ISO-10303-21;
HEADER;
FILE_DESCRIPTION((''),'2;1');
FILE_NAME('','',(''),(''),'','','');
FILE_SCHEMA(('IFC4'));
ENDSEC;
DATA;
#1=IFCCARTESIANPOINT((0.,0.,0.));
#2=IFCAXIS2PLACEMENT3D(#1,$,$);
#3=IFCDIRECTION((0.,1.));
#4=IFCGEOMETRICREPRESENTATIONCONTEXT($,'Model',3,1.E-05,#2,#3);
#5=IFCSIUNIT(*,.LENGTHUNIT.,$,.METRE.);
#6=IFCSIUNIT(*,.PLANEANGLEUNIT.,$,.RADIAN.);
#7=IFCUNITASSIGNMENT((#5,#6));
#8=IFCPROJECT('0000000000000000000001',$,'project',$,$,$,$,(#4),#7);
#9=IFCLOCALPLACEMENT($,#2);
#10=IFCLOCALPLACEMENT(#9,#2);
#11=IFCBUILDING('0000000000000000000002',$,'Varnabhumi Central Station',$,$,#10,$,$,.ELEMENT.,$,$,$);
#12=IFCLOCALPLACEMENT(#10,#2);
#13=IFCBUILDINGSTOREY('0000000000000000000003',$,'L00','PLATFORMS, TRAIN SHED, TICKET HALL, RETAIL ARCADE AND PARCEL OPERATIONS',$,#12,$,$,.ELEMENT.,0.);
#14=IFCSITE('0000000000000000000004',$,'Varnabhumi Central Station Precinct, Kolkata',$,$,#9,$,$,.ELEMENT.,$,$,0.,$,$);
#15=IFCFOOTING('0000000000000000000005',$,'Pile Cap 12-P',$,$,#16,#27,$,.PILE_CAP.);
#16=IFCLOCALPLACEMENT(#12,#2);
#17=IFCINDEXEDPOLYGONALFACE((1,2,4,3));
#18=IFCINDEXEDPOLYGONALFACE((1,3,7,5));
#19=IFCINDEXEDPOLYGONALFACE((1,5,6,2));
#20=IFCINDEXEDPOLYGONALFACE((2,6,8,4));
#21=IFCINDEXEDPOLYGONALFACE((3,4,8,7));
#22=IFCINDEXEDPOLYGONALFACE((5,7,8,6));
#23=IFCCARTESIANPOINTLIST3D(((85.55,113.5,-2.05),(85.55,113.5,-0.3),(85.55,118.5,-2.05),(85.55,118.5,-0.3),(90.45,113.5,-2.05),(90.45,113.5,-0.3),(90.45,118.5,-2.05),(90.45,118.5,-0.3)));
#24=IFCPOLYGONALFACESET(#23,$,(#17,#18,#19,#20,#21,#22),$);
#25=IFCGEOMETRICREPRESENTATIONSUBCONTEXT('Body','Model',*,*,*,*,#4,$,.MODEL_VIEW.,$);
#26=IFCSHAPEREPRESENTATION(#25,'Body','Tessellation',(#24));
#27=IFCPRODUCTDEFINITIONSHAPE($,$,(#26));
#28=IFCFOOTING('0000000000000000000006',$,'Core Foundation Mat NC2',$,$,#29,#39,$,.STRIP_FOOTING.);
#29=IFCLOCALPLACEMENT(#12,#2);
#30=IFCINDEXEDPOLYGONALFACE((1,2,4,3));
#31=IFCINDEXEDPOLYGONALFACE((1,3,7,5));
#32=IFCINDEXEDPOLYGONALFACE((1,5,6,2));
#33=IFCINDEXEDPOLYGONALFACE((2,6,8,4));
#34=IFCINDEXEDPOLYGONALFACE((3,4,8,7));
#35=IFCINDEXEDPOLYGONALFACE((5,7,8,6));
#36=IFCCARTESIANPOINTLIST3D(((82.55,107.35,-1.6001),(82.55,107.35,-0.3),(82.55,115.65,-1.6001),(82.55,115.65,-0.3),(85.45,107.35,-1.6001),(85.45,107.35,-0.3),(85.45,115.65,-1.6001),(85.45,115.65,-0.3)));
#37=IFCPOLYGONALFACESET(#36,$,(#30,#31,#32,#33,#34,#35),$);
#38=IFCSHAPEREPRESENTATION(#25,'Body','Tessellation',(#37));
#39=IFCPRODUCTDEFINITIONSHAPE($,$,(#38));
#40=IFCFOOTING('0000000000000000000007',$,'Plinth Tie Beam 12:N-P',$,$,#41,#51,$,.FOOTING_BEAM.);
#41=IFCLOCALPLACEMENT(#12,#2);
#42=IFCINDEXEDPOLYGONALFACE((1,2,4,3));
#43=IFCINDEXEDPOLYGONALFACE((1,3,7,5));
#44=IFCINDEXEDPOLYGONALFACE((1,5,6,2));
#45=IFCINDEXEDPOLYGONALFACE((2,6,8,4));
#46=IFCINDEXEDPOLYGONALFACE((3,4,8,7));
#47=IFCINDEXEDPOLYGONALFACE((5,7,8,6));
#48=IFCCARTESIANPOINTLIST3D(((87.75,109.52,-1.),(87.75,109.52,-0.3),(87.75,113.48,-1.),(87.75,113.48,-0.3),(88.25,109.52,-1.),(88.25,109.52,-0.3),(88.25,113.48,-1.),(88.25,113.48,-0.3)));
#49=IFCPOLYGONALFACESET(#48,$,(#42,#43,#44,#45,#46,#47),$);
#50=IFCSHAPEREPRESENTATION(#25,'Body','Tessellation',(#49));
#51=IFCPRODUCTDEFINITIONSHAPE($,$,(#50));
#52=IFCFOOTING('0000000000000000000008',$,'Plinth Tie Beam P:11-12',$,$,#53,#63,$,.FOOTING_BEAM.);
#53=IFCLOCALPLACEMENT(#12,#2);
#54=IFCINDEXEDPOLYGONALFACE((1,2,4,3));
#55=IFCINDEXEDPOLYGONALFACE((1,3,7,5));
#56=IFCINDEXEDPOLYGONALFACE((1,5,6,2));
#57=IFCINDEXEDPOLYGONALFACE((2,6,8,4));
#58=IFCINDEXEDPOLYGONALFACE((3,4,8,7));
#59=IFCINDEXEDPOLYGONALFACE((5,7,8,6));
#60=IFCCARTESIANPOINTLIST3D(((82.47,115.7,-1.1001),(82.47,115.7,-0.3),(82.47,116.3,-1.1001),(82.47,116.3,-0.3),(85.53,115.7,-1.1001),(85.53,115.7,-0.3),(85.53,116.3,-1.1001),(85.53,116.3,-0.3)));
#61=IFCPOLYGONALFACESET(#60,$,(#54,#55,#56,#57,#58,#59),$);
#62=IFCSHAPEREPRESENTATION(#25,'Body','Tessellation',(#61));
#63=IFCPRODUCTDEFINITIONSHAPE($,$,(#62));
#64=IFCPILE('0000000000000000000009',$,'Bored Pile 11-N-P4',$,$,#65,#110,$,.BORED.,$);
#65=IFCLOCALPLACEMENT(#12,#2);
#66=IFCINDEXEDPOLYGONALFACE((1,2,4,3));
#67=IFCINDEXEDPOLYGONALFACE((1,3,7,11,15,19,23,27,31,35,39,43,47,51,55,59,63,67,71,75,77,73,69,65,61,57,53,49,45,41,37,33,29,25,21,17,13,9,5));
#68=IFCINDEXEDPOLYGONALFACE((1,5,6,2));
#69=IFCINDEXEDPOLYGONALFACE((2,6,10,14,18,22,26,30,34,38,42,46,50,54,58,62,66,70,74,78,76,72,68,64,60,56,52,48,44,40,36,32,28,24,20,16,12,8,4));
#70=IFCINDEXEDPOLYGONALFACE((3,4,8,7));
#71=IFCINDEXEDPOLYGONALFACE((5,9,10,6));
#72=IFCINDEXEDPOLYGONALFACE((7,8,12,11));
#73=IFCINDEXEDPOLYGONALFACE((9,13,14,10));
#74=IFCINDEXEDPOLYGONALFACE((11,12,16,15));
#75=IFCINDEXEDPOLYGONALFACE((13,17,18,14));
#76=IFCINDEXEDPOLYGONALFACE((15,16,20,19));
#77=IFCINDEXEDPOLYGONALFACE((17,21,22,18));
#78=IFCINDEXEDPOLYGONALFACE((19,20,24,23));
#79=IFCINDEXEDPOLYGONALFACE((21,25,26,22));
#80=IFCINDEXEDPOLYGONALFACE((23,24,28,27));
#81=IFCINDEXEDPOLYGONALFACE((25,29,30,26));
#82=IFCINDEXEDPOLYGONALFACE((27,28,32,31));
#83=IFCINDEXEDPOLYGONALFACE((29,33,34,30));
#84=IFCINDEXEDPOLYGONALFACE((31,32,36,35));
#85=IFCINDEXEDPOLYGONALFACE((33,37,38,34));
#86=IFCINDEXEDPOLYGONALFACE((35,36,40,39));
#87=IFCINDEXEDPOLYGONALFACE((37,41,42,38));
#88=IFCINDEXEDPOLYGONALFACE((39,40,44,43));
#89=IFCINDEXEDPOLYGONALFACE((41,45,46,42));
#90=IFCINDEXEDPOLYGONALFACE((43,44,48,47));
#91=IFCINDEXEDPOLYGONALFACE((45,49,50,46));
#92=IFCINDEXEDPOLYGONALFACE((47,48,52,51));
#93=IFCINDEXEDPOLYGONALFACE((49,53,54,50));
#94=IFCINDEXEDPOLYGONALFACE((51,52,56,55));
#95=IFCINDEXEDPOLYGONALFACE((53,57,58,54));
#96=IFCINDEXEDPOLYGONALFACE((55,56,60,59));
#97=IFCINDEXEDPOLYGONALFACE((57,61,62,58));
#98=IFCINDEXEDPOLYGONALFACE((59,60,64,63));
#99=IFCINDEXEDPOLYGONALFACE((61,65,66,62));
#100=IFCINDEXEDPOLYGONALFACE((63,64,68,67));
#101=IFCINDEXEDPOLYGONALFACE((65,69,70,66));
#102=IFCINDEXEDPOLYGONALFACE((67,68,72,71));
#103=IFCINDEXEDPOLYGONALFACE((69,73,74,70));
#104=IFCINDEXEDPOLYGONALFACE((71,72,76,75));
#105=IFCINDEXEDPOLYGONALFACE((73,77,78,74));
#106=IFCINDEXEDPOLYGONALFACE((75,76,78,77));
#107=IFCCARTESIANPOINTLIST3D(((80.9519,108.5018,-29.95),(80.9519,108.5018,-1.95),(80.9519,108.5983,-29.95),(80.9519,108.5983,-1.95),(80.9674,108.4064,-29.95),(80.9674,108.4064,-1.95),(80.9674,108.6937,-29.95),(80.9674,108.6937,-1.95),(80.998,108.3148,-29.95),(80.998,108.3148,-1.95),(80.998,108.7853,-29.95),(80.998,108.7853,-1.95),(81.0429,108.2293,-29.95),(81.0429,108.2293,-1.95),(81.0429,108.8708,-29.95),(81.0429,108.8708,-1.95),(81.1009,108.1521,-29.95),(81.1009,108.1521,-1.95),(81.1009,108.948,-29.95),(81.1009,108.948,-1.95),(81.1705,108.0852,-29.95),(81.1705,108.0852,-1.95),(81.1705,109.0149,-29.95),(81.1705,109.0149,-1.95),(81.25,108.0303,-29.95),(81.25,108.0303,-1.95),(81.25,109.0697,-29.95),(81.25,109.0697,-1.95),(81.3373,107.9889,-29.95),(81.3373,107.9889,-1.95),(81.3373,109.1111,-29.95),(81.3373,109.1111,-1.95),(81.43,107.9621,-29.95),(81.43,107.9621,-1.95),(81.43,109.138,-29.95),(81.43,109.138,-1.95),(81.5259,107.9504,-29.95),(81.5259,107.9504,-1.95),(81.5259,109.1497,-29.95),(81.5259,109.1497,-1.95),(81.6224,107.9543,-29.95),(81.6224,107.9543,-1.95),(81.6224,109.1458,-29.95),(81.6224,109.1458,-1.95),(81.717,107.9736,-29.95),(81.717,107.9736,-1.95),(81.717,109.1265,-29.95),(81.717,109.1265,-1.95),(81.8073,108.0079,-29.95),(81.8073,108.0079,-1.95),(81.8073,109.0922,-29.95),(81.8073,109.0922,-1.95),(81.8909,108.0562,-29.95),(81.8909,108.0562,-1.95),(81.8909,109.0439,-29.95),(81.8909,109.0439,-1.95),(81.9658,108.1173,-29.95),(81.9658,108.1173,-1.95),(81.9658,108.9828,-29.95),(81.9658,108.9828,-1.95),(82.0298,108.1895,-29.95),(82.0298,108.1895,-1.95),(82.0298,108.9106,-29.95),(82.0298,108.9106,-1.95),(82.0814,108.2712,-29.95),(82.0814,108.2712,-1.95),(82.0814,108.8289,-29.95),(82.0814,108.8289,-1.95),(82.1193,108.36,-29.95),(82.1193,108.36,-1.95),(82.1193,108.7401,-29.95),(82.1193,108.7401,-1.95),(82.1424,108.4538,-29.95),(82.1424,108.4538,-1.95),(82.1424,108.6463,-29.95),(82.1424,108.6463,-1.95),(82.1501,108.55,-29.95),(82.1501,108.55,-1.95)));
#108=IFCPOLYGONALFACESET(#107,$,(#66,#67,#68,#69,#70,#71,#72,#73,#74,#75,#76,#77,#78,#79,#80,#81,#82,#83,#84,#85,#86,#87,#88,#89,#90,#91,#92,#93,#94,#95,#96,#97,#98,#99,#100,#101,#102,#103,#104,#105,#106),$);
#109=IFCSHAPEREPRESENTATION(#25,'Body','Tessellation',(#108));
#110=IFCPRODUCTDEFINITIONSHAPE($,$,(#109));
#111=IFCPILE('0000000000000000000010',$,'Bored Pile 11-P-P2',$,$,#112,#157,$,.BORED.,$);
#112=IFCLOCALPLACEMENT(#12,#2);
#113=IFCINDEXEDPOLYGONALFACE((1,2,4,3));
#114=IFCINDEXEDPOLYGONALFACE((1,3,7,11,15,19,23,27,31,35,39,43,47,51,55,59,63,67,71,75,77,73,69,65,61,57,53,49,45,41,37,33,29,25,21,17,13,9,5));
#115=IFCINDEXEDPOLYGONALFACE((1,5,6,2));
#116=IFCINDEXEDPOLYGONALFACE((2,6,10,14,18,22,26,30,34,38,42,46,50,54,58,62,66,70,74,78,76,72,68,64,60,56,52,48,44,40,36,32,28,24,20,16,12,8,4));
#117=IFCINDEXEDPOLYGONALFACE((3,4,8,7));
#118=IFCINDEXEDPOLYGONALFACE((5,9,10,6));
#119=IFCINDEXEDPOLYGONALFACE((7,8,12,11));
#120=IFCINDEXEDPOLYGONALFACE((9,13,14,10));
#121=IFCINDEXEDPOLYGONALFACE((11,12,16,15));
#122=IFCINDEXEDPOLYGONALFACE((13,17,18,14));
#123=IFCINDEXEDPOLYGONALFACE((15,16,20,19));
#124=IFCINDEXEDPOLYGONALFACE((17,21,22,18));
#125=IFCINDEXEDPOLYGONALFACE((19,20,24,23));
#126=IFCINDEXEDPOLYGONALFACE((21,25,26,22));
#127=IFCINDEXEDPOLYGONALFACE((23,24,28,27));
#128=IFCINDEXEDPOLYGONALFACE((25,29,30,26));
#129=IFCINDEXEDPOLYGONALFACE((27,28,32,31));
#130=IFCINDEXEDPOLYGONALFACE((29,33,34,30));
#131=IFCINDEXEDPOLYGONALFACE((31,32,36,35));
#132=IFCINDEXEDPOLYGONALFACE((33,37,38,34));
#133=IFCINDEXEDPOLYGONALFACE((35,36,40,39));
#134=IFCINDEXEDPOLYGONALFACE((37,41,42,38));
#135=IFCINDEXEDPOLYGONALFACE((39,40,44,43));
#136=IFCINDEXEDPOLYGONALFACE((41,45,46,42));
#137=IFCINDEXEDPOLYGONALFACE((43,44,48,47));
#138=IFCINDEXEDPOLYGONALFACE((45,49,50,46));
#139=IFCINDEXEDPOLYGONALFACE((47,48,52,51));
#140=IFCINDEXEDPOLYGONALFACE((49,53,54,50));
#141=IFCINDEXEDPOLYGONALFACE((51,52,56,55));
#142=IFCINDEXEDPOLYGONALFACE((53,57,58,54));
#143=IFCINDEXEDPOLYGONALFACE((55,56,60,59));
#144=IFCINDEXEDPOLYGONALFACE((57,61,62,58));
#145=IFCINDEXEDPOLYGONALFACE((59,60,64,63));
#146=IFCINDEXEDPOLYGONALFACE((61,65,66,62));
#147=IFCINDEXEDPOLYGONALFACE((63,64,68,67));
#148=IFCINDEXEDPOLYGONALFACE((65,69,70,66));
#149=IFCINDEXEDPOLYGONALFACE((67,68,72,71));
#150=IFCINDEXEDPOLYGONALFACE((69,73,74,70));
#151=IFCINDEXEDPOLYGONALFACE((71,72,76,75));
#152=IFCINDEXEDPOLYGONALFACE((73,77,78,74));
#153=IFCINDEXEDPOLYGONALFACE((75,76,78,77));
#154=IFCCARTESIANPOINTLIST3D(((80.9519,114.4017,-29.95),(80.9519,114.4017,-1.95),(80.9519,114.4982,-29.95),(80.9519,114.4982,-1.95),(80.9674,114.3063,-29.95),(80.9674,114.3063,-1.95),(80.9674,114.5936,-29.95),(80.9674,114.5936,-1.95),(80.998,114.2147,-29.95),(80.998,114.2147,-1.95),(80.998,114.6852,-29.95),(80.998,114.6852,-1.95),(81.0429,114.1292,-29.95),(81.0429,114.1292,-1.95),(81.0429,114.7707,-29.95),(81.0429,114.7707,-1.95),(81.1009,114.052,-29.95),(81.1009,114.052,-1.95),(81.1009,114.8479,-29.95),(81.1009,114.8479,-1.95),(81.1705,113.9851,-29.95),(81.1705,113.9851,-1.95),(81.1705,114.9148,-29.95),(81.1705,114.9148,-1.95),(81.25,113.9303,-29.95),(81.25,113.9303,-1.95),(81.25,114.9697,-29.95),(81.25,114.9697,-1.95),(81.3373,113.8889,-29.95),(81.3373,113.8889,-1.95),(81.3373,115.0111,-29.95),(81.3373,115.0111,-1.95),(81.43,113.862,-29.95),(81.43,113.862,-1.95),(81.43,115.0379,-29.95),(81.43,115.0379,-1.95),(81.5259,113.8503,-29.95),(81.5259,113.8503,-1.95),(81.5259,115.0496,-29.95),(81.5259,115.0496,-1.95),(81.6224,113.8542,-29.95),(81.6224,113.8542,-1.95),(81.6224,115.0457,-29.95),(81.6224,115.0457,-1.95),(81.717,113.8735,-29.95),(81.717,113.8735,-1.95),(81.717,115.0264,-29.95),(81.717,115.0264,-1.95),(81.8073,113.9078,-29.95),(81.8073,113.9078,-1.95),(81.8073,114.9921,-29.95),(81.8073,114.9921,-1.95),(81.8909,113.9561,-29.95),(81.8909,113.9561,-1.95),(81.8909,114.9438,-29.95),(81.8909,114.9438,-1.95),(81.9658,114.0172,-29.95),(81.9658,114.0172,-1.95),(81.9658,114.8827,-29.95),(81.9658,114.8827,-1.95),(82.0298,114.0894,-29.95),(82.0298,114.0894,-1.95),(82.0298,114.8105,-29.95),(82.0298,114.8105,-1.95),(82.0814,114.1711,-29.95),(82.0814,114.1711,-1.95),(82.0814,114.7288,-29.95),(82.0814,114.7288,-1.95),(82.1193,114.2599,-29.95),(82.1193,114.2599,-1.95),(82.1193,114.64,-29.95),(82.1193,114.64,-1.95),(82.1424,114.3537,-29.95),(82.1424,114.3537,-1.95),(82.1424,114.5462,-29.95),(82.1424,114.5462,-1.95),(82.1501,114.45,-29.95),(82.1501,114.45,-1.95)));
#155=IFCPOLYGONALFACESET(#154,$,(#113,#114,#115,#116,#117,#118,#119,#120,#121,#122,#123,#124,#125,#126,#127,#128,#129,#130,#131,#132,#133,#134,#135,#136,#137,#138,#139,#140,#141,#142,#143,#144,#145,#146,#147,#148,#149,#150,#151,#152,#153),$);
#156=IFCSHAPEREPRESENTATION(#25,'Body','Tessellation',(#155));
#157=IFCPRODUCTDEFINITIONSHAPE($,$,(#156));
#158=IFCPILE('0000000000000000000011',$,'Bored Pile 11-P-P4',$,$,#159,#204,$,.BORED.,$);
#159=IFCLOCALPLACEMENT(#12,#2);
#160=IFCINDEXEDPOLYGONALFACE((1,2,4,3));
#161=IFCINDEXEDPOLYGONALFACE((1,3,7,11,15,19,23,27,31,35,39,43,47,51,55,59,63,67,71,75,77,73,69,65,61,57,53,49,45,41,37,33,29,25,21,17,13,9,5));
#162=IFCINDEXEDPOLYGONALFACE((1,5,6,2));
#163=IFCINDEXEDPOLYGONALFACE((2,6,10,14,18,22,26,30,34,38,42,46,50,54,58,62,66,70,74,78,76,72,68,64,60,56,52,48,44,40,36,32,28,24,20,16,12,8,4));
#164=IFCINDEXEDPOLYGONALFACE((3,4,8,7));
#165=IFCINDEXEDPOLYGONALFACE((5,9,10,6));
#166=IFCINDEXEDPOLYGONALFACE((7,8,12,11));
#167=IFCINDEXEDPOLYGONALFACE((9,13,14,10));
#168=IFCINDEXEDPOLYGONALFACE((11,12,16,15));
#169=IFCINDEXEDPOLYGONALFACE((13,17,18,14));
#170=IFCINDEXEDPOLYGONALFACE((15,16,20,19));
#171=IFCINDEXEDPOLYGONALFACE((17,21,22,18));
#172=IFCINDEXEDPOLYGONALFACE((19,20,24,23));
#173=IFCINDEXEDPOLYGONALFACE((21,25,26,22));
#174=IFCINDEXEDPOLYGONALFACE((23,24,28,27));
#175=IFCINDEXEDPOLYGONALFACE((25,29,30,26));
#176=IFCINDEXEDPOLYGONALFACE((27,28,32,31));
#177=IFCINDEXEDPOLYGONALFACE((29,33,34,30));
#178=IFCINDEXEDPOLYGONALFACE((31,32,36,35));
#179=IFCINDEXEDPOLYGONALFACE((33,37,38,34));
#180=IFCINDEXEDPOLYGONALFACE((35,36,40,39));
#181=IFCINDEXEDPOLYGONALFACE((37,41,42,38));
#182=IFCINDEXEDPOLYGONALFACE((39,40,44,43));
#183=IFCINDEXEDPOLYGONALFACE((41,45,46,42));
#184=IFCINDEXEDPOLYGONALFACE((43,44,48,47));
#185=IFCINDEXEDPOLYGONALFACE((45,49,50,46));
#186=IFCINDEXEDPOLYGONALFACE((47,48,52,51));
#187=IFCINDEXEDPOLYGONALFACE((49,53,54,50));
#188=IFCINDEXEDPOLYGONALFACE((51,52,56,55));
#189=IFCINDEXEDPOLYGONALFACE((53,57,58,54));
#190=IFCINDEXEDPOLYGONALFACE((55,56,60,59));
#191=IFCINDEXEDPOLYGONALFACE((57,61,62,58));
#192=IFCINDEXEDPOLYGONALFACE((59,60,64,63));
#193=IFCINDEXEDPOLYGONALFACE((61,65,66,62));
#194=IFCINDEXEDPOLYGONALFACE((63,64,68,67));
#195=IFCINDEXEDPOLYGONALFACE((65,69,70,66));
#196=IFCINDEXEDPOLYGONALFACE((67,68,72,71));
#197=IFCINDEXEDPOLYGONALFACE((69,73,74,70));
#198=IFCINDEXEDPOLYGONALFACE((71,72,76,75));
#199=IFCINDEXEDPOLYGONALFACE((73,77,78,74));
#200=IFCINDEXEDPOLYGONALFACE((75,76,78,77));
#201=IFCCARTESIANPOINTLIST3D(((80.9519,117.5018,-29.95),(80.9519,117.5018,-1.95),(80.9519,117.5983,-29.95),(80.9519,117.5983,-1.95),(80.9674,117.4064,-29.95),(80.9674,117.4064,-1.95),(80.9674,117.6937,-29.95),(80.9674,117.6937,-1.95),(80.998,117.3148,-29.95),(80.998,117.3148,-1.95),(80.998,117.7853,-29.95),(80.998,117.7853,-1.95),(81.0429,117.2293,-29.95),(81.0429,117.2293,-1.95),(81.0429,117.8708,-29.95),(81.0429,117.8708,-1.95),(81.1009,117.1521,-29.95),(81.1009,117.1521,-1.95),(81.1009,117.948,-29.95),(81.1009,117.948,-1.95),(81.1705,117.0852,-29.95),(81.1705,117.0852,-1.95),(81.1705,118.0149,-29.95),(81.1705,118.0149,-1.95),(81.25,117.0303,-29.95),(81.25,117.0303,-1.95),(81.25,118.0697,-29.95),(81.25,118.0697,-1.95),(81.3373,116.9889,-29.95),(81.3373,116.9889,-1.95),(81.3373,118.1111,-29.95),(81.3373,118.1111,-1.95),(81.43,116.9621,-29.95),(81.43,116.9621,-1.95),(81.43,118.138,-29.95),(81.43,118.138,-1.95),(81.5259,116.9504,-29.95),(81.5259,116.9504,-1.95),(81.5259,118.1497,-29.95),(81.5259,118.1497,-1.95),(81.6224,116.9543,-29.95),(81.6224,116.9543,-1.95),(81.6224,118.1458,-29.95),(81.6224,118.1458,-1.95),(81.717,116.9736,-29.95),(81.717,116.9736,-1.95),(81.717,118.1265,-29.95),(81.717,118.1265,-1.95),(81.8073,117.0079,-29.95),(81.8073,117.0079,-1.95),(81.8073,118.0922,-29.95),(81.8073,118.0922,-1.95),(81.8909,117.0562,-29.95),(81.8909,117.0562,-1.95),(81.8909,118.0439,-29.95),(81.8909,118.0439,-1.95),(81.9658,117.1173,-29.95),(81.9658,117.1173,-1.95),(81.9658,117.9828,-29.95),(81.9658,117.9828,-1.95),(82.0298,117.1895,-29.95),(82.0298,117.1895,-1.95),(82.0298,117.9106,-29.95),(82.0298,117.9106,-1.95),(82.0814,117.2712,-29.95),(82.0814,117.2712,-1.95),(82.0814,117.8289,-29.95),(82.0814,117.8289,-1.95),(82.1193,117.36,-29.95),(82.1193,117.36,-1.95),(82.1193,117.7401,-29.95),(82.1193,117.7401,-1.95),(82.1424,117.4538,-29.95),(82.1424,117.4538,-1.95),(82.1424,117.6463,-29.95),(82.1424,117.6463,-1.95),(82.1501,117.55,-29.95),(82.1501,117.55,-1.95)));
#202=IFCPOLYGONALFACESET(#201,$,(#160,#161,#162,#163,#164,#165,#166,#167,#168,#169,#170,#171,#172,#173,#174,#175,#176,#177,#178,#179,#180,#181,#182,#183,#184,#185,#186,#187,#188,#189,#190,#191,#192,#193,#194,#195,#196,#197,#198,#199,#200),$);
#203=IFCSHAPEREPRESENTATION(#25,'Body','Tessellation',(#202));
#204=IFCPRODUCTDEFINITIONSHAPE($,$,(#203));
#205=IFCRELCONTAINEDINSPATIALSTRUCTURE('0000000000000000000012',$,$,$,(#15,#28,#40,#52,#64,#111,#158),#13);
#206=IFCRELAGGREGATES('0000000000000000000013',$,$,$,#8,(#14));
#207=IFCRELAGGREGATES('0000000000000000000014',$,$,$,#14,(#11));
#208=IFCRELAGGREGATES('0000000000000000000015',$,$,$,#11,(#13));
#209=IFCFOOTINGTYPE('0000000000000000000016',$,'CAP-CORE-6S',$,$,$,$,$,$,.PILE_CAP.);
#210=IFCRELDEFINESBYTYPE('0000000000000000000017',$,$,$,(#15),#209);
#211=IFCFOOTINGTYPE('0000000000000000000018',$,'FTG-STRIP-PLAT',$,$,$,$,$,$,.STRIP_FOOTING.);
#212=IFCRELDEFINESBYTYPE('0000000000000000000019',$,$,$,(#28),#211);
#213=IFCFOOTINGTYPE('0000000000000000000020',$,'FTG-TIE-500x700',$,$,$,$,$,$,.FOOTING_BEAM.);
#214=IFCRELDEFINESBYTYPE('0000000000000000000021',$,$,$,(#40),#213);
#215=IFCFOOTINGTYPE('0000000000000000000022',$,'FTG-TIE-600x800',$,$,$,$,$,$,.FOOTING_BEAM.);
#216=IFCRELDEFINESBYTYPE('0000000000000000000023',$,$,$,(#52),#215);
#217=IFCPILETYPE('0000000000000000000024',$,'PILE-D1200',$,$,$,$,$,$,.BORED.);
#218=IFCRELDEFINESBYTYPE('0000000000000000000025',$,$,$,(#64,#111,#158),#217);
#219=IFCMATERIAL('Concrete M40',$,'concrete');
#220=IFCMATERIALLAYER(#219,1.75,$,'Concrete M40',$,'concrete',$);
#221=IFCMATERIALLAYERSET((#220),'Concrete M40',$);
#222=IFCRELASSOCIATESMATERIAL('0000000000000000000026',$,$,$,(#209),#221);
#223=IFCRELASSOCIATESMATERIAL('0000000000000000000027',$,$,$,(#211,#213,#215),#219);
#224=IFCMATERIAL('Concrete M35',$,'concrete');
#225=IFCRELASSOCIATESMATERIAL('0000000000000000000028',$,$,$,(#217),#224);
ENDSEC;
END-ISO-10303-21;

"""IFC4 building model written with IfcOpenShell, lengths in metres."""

from ifc_helpers import new_model, si_unit, direction, frame, origin, origin_2d, place, context, subcontext, project, spatial, rectangle, circle, extrude, material, layer, layer_set, material_profile, profile_set, type_object, element, save


model = new_model("IFC4")

# Units and contexts
model_context = context("Model", 3, precision=1e-05, world=origin(), true_north=direction((0.0, 1.0)))
body_context = subcontext(model_context, "Body", "Model", "MODEL_VIEW")
ifc_project = project(units=[si_unit("LENGTHUNIT", "METRE"), si_unit("PLANEANGLEUNIT", "RADIAN")], contexts=[model_context])

# Site, building, storey
site_placement = place(None, origin())
site = spatial("IfcSite", under=ifc_project, at=site_placement, Name="Varnabhumi Central Station Precinct, Kolkata", CompositionType="ELEMENT", RefElevation=0.0)
building_placement = place(site_placement, origin())
building = spatial("IfcBuilding", under=site, at=building_placement, Name="Varnabhumi Central Station", CompositionType="ELEMENT")
storey_placement = place(building_placement, origin())
storey = spatial("IfcBuildingStorey", under=building, at=storey_placement, Name="L00", Description="PLATFORMS, TRAIN SHED, TICKET HALL, RETAIL ARCADE AND PARCEL OPERATIONS", CompositionType="ELEMENT", Elevation=0.0)

# Footings
ifc_material_1 = material(Name="Concrete M40", Category="concrete")
ifc_layer_1 = layer(ifc_material_1, 1.75, Name="Concrete M40", Category="concrete")
ifc_layer_set_1 = layer_set([ifc_layer_1], Name="Concrete M40")
footing_type_1 = type_object("IfcFootingType", Name="CAP-CORE-6S", PredefinedType="PILE_CAP", material=ifc_layer_set_1)
footing_1_placement = place(storey_placement, frame((88.0, 116.0, -2.05), z_axis=(0.0, 0.0, 1.0), x_axis=(1.0, 0.0, 0.0)))
element("IfcFooting", 1, at=footing_1_placement, inside=storey, type_object=footing_type_1, Name="Pile Cap 12-P", PredefinedType="PILE_CAP", context=body_context, shape_type="SweptSolid", body=[
    extrude(rectangle(XDim=4.8999, YDim=5.0, at=origin_2d()), origin(), (0.0, 0.0, 1.0), 1.75),
])
footing_type_2 = type_object("IfcFootingType", Name="FTG-STRIP-PLAT", PredefinedType="STRIP_FOOTING", material=ifc_material_1)
footing_2_placement = place(storey_placement, frame((84.0, 111.5, -1.6001), z_axis=(0.0, 0.0, 1.0), x_axis=(1.0, 0.0, 0.0)))
element("IfcFooting", 2, at=footing_2_placement, inside=storey, type_object=footing_type_2, Name="Core Foundation Mat NC2", PredefinedType="STRIP_FOOTING", context=body_context, shape_type="SweptSolid", body=[
    extrude(rectangle(XDim=2.8999, YDim=8.3, at=origin_2d()), origin(), (0.0, 0.0, 1.0), 1.3),
])
footing_type_3 = type_object("IfcFootingType", Name="FTG-TIE-500x700", PredefinedType="FOOTING_BEAM", material=ifc_material_1)
footing_3_placement = place(storey_placement, frame((88.0, 111.5, -1.0), z_axis=(0.0, 0.0, 1.0), x_axis=(1.0, 0.0, 0.0)))
element("IfcFooting", 3, at=footing_3_placement, inside=storey, type_object=footing_type_3, Name="Plinth Tie Beam 12:N-P", PredefinedType="FOOTING_BEAM", context=body_context, shape_type="SweptSolid", body=[
    extrude(rectangle(XDim=0.5, YDim=3.96, at=origin_2d()), origin(), (0.0, 0.0, 1.0), 0.7),
])
footing_type_4 = type_object("IfcFootingType", Name="FTG-TIE-600x800", PredefinedType="FOOTING_BEAM", material=ifc_material_1)
footing_4_placement = place(storey_placement, frame((84.0, 116.0, -1.1001), z_axis=(0.0, 0.0, 1.0), x_axis=(1.0, 0.0, 0.0)))
element("IfcFooting", 4, at=footing_4_placement, inside=storey, type_object=footing_type_4, Name="Plinth Tie Beam P:11-12", PredefinedType="FOOTING_BEAM", context=body_context, shape_type="SweptSolid", body=[
    extrude(rectangle(XDim=3.0601, YDim=0.6001, at=origin_2d()), origin(), (0.0, 0.0, 1.0), 0.8),
])

# Piles
ifc_material_2 = material(Name="Concrete M35", Category="concrete")
ifc_material_profile_1 = material_profile(ifc_material_2, circle(Radius=0.6001, at=origin_2d()), Name="Concrete M35", Category="concrete")
ifc_profile_set_1 = profile_set([ifc_material_profile_1], Name="Concrete M35")
pile_type = type_object("IfcPileType", Name="PILE-D1200", PredefinedType="BORED", material=ifc_profile_set_1)
for number, where, z_axis, x_axis, name in (
    (5, (81.55, 108.55, -1.95), (0.0, 0.0, -1.0), (1.0, 0.0, 0.0), "Bored Pile 11-N-P4"),
    (6, (81.55, 114.45, -1.95), (0.0, 0.0, -1.0), (1.0, 0.0, 0.0), "Bored Pile 11-P-P2"),
    (7, (81.55, 117.55, -1.95), (0.0, 0.0, -1.0), (1.0, 0.0, 0.0), "Bored Pile 11-P-P4"),
):
    element("IfcPile", number, at=place(storey_placement, frame(where, z_axis=z_axis, x_axis=x_axis)), inside=storey, type_object=pile_type, Name=name, PredefinedType="BORED", context=body_context, shape_type="SweptSolid", body=[
        extrude(circle(Radius=0.6001, at=origin_2d()), origin(), (0.0, 0.0, 1.0), 28.0),
    ])

save(model, "model.ifc")
